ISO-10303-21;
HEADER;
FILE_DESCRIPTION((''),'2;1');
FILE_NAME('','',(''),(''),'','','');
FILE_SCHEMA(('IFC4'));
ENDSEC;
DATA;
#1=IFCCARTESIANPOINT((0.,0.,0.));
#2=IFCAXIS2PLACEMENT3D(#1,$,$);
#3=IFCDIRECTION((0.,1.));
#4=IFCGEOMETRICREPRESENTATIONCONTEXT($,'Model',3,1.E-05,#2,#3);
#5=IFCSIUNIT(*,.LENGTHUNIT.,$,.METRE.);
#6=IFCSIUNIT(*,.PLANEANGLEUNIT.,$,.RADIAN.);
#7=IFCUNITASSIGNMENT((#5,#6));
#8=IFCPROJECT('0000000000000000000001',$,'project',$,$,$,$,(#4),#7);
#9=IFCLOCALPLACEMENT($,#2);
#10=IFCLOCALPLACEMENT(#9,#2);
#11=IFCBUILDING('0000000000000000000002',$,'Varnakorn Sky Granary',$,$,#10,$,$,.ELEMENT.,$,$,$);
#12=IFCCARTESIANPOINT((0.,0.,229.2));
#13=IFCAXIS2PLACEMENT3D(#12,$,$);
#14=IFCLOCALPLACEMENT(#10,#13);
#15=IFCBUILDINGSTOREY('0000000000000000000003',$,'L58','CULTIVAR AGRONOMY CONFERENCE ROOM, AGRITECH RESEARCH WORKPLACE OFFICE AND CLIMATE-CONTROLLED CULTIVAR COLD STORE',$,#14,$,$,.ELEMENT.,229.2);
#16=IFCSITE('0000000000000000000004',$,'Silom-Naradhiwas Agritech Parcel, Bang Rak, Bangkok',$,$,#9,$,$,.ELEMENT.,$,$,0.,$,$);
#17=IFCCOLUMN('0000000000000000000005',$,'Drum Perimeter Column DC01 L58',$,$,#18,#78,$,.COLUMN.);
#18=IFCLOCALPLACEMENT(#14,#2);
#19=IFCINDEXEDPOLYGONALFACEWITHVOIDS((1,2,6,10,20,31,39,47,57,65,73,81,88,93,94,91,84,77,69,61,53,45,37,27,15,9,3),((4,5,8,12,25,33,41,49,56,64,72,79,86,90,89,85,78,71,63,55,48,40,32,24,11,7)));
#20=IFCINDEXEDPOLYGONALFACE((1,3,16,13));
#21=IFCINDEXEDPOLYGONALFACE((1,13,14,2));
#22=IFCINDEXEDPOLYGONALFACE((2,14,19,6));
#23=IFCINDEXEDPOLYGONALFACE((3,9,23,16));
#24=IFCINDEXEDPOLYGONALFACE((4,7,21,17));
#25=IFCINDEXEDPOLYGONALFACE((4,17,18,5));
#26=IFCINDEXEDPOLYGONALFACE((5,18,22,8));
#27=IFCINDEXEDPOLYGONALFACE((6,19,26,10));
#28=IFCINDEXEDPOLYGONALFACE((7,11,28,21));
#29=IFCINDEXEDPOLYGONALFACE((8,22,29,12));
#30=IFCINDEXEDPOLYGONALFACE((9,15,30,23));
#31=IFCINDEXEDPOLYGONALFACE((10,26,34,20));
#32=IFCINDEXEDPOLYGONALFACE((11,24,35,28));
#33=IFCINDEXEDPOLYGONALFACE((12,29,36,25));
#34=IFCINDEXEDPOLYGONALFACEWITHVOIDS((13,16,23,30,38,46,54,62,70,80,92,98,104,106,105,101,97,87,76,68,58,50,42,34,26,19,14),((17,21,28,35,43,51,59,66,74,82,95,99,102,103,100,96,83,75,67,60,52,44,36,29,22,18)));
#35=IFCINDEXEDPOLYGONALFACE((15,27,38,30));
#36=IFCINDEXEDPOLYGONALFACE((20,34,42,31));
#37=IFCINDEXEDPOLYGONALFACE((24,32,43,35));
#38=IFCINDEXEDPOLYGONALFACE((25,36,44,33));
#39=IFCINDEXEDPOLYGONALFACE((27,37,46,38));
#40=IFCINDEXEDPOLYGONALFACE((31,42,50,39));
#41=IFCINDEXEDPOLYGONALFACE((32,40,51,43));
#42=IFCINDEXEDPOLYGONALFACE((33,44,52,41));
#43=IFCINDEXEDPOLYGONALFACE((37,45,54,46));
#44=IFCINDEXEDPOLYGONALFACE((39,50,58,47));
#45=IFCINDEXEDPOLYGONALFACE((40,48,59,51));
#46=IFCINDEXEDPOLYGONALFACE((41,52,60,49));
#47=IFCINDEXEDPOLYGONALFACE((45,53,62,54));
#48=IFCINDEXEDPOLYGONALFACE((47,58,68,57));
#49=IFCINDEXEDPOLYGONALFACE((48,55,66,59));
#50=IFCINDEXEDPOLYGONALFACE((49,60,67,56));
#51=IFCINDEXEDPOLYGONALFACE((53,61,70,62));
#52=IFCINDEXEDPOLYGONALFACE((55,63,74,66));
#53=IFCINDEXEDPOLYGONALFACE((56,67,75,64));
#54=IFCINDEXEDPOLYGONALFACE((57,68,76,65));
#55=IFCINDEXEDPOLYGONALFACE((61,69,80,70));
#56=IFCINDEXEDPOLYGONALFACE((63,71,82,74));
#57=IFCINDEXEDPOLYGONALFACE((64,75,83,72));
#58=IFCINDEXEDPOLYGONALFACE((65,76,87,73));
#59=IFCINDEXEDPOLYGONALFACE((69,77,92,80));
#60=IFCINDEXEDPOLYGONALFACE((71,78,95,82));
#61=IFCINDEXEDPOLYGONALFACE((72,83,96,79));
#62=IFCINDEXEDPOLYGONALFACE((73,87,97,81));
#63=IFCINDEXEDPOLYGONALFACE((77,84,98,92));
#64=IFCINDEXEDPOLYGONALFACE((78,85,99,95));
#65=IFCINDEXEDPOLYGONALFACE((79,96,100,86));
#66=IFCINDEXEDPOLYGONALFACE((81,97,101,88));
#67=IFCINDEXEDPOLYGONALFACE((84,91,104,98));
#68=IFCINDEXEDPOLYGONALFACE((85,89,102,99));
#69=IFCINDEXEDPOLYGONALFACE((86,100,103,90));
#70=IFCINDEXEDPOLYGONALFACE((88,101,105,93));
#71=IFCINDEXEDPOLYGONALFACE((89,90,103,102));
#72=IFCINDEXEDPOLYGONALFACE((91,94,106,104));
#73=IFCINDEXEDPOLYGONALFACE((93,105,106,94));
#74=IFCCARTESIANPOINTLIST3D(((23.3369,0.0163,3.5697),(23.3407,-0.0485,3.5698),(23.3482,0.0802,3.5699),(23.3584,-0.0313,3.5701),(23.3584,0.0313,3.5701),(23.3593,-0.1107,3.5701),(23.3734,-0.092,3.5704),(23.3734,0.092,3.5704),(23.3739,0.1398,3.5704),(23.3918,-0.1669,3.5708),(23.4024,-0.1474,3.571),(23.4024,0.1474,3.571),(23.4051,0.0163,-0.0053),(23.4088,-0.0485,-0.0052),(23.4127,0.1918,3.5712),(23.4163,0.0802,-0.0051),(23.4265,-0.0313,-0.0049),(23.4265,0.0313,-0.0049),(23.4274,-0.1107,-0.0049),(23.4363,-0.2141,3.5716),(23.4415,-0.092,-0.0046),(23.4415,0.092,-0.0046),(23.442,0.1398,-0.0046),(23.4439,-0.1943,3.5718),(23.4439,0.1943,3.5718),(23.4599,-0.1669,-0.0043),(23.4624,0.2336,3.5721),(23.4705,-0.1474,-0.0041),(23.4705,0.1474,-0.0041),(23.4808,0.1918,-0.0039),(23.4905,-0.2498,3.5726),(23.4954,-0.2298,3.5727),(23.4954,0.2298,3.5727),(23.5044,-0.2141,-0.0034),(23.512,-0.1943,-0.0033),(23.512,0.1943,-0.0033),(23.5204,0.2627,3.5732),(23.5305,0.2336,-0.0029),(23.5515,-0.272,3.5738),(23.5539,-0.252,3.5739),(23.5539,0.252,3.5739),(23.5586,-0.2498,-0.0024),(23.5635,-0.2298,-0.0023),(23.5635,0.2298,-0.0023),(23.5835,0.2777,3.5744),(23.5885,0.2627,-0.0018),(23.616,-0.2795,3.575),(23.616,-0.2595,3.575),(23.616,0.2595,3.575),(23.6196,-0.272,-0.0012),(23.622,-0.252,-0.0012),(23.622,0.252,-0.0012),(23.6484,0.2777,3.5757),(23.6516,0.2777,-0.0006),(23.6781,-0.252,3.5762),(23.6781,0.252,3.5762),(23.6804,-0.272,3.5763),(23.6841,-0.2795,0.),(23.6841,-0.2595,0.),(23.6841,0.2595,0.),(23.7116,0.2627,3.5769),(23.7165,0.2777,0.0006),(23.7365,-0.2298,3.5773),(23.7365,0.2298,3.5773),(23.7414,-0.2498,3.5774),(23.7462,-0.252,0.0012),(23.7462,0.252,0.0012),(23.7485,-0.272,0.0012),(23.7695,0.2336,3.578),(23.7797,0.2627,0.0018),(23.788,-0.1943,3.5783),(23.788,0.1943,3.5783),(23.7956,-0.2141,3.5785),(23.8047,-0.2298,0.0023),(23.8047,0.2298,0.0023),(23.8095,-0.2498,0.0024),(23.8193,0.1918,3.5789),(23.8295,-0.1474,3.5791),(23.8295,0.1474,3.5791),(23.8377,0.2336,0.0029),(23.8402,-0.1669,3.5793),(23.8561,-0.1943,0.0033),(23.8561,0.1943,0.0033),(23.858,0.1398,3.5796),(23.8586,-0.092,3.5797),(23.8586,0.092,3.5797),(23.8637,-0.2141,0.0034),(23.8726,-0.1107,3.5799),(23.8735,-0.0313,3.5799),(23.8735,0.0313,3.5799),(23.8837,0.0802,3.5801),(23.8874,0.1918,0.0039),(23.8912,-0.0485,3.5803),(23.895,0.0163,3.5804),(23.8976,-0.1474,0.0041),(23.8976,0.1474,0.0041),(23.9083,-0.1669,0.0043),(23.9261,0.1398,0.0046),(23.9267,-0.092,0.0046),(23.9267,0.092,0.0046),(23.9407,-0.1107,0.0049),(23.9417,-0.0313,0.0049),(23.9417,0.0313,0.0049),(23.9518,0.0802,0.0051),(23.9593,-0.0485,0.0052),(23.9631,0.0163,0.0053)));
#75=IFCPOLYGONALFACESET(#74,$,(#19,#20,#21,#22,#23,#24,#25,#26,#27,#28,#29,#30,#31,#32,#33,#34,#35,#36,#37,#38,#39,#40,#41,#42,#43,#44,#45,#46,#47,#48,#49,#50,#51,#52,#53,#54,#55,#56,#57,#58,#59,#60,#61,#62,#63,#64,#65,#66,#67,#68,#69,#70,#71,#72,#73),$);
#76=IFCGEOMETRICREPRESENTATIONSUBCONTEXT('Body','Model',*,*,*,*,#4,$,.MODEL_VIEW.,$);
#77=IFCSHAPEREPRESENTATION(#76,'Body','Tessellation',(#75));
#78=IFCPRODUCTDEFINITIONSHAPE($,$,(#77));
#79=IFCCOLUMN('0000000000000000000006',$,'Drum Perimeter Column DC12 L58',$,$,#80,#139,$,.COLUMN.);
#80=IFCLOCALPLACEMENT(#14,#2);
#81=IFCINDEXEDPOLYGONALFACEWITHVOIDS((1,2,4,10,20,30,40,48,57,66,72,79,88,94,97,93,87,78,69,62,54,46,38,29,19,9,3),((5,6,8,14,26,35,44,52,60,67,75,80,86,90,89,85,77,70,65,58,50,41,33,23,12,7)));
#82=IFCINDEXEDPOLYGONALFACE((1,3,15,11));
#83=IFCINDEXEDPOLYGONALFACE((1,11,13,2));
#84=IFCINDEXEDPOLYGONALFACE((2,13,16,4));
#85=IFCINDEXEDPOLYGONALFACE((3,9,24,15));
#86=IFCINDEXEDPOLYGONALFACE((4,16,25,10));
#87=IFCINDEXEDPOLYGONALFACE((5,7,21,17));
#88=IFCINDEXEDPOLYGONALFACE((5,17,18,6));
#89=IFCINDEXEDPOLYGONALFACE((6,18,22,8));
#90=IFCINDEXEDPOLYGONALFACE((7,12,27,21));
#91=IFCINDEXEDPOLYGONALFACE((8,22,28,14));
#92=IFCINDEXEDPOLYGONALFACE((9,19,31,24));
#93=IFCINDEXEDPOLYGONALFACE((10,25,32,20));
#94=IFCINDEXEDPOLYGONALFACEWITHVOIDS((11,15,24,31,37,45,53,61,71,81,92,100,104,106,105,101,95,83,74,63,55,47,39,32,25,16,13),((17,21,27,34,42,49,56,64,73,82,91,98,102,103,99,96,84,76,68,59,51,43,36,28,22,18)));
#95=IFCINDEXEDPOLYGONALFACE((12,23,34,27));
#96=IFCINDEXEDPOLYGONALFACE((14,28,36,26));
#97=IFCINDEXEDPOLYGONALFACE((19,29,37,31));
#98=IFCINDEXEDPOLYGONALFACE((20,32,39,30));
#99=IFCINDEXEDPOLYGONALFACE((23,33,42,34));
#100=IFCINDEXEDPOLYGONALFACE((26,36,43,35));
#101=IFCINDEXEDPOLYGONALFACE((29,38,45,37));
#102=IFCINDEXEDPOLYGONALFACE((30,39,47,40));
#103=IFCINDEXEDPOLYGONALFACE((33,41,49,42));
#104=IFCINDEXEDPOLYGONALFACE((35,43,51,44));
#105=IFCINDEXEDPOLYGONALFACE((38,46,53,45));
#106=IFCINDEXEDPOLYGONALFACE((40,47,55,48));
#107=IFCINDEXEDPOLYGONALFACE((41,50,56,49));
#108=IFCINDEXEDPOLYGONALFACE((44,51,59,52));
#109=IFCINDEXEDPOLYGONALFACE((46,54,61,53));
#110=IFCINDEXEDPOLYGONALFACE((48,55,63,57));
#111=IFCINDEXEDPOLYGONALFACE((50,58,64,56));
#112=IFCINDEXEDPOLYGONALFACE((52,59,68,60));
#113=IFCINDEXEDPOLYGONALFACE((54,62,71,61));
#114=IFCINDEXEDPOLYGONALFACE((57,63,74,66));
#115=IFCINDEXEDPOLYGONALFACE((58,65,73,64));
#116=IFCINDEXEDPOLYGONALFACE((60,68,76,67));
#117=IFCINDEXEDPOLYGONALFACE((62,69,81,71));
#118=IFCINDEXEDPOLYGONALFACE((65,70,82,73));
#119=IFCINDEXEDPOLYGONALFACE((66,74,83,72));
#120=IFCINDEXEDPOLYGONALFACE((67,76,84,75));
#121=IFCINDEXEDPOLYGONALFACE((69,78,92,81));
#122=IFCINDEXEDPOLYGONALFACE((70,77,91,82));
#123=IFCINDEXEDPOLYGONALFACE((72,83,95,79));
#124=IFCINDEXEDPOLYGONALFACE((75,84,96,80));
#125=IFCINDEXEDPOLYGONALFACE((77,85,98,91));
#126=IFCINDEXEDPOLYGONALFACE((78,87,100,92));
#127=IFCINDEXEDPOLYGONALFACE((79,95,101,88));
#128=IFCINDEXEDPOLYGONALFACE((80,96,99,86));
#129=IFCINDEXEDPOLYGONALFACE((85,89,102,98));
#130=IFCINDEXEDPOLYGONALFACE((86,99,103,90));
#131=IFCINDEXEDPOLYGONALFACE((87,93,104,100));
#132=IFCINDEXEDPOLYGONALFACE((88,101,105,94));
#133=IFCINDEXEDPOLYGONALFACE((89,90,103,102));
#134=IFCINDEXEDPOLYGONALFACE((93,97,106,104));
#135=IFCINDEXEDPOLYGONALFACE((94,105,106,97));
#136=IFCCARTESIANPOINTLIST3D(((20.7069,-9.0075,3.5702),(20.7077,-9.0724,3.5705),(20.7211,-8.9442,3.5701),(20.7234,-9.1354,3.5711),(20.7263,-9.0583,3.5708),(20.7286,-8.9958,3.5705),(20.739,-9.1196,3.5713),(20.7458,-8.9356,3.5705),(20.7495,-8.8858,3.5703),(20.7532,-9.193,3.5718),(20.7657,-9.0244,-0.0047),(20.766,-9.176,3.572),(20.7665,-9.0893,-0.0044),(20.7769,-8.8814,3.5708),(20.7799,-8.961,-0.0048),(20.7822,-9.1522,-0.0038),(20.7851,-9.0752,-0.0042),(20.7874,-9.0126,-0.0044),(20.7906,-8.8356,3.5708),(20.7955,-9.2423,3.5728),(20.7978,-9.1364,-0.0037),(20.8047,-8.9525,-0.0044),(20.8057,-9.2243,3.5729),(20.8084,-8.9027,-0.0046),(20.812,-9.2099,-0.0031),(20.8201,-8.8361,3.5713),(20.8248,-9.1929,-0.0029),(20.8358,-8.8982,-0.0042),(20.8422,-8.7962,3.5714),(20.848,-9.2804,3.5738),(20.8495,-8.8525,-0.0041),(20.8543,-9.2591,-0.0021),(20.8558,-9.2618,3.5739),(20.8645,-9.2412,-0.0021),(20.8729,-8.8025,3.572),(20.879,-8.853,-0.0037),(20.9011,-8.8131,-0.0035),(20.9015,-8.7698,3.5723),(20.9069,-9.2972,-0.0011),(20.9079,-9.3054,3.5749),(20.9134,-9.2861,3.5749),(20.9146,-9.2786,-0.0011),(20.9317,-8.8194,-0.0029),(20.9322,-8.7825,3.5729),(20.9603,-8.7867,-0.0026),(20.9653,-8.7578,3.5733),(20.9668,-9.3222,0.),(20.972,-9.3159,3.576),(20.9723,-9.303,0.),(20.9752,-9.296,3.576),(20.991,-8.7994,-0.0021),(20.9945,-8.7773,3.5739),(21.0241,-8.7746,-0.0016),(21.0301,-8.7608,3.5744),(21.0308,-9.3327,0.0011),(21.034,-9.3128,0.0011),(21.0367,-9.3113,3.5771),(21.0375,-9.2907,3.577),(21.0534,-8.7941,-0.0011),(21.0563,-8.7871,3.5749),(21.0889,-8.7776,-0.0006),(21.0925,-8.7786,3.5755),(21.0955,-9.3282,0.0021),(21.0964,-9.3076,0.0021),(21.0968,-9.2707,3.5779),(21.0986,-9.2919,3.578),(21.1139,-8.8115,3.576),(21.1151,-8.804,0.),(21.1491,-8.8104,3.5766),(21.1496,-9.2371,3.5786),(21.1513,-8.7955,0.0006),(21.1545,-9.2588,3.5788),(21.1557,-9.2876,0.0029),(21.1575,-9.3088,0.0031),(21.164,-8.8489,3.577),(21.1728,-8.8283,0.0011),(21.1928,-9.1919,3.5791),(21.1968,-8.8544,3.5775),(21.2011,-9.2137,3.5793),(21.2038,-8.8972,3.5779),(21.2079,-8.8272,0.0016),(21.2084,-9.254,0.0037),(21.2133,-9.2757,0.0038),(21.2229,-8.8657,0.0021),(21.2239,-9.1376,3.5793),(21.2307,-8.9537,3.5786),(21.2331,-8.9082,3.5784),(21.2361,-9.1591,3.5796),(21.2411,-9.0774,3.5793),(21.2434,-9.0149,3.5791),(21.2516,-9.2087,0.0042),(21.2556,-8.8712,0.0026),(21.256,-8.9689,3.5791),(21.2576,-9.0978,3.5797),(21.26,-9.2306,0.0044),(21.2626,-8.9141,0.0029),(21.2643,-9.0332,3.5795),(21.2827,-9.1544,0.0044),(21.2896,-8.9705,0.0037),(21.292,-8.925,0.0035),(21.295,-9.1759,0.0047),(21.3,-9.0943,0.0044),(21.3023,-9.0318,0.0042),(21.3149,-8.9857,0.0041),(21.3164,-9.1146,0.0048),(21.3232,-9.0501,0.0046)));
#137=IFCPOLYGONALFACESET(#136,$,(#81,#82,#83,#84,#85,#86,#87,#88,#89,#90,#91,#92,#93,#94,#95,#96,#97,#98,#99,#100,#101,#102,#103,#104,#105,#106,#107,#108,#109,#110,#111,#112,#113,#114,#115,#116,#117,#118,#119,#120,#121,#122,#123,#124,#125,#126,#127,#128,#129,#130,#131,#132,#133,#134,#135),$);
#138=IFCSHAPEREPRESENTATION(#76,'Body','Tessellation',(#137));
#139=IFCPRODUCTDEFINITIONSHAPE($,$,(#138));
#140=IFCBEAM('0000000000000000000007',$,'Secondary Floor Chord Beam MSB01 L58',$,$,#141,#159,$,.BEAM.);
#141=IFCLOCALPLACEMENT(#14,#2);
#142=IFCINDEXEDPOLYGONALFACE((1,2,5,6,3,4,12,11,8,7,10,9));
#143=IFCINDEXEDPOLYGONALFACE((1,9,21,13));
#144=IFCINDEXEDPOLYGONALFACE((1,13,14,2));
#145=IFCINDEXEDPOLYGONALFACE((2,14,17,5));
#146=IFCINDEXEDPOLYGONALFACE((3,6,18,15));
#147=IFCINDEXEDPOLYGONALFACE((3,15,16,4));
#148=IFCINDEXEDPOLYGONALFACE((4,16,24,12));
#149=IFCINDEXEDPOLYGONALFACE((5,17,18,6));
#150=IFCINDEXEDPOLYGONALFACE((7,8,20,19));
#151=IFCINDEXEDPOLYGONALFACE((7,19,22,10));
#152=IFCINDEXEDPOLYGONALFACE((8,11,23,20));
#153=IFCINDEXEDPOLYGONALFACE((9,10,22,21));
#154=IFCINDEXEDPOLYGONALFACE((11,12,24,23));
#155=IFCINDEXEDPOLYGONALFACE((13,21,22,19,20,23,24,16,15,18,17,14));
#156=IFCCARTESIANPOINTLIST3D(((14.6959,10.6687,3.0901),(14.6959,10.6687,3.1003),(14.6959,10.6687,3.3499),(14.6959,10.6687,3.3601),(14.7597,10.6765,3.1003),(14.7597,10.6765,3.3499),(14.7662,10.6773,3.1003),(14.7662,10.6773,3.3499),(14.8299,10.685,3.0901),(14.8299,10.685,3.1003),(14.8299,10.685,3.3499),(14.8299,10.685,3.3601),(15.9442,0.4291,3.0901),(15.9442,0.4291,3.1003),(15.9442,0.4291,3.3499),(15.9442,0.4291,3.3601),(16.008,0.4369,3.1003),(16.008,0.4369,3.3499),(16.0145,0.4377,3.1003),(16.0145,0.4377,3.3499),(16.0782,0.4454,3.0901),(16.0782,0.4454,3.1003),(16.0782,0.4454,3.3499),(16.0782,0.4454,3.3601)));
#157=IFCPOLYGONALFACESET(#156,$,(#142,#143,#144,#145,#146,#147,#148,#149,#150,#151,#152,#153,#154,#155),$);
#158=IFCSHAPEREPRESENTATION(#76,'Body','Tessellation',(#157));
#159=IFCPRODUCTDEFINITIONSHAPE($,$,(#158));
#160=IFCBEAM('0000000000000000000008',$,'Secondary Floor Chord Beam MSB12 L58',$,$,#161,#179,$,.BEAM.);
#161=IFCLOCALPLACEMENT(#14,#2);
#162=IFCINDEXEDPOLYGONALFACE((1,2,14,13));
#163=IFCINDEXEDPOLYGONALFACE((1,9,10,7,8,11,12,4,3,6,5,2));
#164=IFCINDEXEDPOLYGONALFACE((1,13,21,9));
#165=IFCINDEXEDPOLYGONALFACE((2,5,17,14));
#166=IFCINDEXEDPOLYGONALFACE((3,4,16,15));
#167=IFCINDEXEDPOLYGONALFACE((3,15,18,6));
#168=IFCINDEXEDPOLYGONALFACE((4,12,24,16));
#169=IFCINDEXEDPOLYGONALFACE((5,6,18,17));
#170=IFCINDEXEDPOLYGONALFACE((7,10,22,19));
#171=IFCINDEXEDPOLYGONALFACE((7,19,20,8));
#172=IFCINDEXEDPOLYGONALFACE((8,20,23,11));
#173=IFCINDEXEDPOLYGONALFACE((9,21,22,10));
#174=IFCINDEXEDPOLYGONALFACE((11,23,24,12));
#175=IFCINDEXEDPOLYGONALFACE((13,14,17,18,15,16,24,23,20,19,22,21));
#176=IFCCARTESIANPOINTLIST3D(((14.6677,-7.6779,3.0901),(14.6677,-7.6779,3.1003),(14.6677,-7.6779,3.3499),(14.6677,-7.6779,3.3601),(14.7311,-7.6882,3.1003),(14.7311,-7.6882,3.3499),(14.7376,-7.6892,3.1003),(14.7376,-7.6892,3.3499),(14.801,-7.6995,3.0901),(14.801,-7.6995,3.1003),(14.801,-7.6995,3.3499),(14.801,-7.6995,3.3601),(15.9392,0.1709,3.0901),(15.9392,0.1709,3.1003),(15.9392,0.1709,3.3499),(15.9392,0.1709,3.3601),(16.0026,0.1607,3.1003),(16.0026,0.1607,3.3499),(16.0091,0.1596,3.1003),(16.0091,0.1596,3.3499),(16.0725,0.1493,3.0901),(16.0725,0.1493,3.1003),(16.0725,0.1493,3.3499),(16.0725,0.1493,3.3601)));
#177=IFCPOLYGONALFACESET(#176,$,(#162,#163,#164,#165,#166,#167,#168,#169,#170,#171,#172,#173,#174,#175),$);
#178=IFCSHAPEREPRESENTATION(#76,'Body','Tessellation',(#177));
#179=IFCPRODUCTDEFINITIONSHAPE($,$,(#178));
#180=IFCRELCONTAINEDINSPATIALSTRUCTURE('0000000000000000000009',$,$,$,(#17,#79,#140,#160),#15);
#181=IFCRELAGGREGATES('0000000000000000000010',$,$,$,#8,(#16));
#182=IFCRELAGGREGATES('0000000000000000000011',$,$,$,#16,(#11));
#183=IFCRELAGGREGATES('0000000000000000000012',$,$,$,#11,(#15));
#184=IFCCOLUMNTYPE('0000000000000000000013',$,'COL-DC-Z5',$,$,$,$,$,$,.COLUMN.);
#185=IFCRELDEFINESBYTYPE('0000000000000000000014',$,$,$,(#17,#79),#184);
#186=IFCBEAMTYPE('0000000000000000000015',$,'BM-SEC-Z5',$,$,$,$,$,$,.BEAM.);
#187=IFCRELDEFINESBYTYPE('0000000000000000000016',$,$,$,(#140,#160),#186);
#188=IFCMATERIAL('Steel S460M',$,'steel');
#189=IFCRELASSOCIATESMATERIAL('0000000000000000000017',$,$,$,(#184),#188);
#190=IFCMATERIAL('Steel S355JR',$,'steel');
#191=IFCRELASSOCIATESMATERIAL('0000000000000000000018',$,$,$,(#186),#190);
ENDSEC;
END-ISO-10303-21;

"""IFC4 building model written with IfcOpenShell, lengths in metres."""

from ifc_helpers import new_model, si_unit, direction, frame, origin, origin_2d, place, context, subcontext, project, spatial, hollow_circle, i_section, extrude, material, material_profile, profile_set, type_object, element, save


model = new_model("IFC4")

# Units and contexts
model_context = context("Model", 3, precision=1e-05, world=origin(), true_north=direction((0.0, 1.0)))
body_context = subcontext(model_context, "Body", "Model", "MODEL_VIEW")
ifc_project = project(units=[si_unit("LENGTHUNIT", "METRE"), si_unit("PLANEANGLEUNIT", "RADIAN")], contexts=[model_context])

# Site, building, storey
site_placement = place(None, origin())
site = spatial("IfcSite", under=ifc_project, at=site_placement, Name="Silom-Naradhiwas Agritech Parcel, Bang Rak, Bangkok", CompositionType="ELEMENT", RefElevation=0.0)
building_placement = place(site_placement, origin())
building = spatial("IfcBuilding", under=site, at=building_placement, Name="Varnakorn Sky Granary", CompositionType="ELEMENT")
storey_placement = place(building_placement, frame((0.0, 0.0, 229.2)))
storey = spatial("IfcBuildingStorey", under=building, at=storey_placement, Name="L58", Description="CULTIVAR AGRONOMY CONFERENCE ROOM, AGRITECH RESEARCH WORKPLACE OFFICE AND CLIMATE-CONTROLLED CULTIVAR COLD STORE", CompositionType="ELEMENT", Elevation=229.2)

# Columns
ifc_material_1 = material(Name="Steel S460M", Category="steel")
ifc_material_profile_1 = material_profile(ifc_material_1, hollow_circle(Radius=0.2795, WallThickness=0.02, at=origin_2d()), Name="CHS 559x20")
ifc_profile_set_1 = profile_set([ifc_material_profile_1], Name="Steel S460M")
column_type = type_object("IfcColumnType", Name="COL-DC-Z5", PredefinedType="COLUMN", material=ifc_profile_set_1)
column_1_placement = place(storey_placement, frame((23.6841, 0.0, 0.0), z_axis=(-0.01905, 0.0, 0.999819), x_axis=(0.0, -1.0, 0.0)))
element("IfcColumn", 1, at=column_1_placement, inside=storey, type_object=column_type, Name="Drum Perimeter Column DC01 L58", PredefinedType="COLUMN", context=body_context, shape_type="SweptSolid", body=[
    extrude(hollow_circle(Radius=0.2795, WallThickness=0.02, at=origin_2d()), origin(), (0.0, 0.0, 1.0), 3.5757),
])
column_2_placement = place(storey_placement, frame((21.0437, -9.0535, 0.0), z_axis=(-0.016456, 0.004711, 0.999853), x_axis=(-0.275248, -0.961373, 0.0)))
element("IfcColumn", 2, at=column_2_placement, inside=storey, type_object=column_type, Name="Drum Perimeter Column DC12 L58", PredefinedType="COLUMN", context=body_context, shape_type="SweptSolid", body=[
    extrude(hollow_circle(Radius=0.2795, WallThickness=0.02, at=origin_2d()), origin(), (0.0, 0.0, 1.0), 3.5754),
])

# Beams
ifc_material_2 = material(Name="Steel S355JR", Category="steel")
ifc_material_profile_2 = material_profile(ifc_material_2, i_section(OverallWidth=0.135, OverallDepth=0.27, WebThickness=0.0066, FlangeThickness=0.0103, at=origin_2d()), Name="IPE 270")
ifc_profile_set_2 = profile_set([ifc_material_profile_2], Name="Steel S355JR")
beam_type_1 = type_object("IfcBeamType", Name="BM-SEC-Z5", PredefinedType="BEAM", material=ifc_profile_set_2)
beam_1_placement = place(storey_placement, frame((16.0112, 0.4373, 3.2251), z_axis=(-0.121013, 0.992651, 0.0), x_axis=(-0.992651, -0.121013, 0.0)))
element("IfcBeam", 3, at=beam_1_placement, inside=storey, type_object=beam_type_1, Name="Secondary Floor Chord Beam MSB01 L58", PredefinedType="BEAM", context=body_context, shape_type="SweptSolid", body=[
    extrude(i_section(OverallWidth=0.135, OverallDepth=0.27, WebThickness=0.0066, FlangeThickness=0.0103, at=origin_2d()), origin(), (0.0, 0.0, 1.0), 10.3154),
])
beam_2_placement = place(storey_placement, frame((14.7344, -7.6887, 3.2251), z_axis=(0.159911, 0.987131, 0.0), x_axis=(-0.987131, 0.159911, 0.0)))
element("IfcBeam", 4, at=beam_2_placement, inside=storey, type_object=beam_type_1, Name="Secondary Floor Chord Beam MSB12 L58", PredefinedType="BEAM", context=body_context, shape_type="SweptSolid", body=[
    extrude(i_section(OverallWidth=0.135, OverallDepth=0.27, WebThickness=0.0066, FlangeThickness=0.0103, at=origin_2d()), origin(), (0.0, 0.0, 1.0), 7.9512),
])

save(model, "model.ifc")
